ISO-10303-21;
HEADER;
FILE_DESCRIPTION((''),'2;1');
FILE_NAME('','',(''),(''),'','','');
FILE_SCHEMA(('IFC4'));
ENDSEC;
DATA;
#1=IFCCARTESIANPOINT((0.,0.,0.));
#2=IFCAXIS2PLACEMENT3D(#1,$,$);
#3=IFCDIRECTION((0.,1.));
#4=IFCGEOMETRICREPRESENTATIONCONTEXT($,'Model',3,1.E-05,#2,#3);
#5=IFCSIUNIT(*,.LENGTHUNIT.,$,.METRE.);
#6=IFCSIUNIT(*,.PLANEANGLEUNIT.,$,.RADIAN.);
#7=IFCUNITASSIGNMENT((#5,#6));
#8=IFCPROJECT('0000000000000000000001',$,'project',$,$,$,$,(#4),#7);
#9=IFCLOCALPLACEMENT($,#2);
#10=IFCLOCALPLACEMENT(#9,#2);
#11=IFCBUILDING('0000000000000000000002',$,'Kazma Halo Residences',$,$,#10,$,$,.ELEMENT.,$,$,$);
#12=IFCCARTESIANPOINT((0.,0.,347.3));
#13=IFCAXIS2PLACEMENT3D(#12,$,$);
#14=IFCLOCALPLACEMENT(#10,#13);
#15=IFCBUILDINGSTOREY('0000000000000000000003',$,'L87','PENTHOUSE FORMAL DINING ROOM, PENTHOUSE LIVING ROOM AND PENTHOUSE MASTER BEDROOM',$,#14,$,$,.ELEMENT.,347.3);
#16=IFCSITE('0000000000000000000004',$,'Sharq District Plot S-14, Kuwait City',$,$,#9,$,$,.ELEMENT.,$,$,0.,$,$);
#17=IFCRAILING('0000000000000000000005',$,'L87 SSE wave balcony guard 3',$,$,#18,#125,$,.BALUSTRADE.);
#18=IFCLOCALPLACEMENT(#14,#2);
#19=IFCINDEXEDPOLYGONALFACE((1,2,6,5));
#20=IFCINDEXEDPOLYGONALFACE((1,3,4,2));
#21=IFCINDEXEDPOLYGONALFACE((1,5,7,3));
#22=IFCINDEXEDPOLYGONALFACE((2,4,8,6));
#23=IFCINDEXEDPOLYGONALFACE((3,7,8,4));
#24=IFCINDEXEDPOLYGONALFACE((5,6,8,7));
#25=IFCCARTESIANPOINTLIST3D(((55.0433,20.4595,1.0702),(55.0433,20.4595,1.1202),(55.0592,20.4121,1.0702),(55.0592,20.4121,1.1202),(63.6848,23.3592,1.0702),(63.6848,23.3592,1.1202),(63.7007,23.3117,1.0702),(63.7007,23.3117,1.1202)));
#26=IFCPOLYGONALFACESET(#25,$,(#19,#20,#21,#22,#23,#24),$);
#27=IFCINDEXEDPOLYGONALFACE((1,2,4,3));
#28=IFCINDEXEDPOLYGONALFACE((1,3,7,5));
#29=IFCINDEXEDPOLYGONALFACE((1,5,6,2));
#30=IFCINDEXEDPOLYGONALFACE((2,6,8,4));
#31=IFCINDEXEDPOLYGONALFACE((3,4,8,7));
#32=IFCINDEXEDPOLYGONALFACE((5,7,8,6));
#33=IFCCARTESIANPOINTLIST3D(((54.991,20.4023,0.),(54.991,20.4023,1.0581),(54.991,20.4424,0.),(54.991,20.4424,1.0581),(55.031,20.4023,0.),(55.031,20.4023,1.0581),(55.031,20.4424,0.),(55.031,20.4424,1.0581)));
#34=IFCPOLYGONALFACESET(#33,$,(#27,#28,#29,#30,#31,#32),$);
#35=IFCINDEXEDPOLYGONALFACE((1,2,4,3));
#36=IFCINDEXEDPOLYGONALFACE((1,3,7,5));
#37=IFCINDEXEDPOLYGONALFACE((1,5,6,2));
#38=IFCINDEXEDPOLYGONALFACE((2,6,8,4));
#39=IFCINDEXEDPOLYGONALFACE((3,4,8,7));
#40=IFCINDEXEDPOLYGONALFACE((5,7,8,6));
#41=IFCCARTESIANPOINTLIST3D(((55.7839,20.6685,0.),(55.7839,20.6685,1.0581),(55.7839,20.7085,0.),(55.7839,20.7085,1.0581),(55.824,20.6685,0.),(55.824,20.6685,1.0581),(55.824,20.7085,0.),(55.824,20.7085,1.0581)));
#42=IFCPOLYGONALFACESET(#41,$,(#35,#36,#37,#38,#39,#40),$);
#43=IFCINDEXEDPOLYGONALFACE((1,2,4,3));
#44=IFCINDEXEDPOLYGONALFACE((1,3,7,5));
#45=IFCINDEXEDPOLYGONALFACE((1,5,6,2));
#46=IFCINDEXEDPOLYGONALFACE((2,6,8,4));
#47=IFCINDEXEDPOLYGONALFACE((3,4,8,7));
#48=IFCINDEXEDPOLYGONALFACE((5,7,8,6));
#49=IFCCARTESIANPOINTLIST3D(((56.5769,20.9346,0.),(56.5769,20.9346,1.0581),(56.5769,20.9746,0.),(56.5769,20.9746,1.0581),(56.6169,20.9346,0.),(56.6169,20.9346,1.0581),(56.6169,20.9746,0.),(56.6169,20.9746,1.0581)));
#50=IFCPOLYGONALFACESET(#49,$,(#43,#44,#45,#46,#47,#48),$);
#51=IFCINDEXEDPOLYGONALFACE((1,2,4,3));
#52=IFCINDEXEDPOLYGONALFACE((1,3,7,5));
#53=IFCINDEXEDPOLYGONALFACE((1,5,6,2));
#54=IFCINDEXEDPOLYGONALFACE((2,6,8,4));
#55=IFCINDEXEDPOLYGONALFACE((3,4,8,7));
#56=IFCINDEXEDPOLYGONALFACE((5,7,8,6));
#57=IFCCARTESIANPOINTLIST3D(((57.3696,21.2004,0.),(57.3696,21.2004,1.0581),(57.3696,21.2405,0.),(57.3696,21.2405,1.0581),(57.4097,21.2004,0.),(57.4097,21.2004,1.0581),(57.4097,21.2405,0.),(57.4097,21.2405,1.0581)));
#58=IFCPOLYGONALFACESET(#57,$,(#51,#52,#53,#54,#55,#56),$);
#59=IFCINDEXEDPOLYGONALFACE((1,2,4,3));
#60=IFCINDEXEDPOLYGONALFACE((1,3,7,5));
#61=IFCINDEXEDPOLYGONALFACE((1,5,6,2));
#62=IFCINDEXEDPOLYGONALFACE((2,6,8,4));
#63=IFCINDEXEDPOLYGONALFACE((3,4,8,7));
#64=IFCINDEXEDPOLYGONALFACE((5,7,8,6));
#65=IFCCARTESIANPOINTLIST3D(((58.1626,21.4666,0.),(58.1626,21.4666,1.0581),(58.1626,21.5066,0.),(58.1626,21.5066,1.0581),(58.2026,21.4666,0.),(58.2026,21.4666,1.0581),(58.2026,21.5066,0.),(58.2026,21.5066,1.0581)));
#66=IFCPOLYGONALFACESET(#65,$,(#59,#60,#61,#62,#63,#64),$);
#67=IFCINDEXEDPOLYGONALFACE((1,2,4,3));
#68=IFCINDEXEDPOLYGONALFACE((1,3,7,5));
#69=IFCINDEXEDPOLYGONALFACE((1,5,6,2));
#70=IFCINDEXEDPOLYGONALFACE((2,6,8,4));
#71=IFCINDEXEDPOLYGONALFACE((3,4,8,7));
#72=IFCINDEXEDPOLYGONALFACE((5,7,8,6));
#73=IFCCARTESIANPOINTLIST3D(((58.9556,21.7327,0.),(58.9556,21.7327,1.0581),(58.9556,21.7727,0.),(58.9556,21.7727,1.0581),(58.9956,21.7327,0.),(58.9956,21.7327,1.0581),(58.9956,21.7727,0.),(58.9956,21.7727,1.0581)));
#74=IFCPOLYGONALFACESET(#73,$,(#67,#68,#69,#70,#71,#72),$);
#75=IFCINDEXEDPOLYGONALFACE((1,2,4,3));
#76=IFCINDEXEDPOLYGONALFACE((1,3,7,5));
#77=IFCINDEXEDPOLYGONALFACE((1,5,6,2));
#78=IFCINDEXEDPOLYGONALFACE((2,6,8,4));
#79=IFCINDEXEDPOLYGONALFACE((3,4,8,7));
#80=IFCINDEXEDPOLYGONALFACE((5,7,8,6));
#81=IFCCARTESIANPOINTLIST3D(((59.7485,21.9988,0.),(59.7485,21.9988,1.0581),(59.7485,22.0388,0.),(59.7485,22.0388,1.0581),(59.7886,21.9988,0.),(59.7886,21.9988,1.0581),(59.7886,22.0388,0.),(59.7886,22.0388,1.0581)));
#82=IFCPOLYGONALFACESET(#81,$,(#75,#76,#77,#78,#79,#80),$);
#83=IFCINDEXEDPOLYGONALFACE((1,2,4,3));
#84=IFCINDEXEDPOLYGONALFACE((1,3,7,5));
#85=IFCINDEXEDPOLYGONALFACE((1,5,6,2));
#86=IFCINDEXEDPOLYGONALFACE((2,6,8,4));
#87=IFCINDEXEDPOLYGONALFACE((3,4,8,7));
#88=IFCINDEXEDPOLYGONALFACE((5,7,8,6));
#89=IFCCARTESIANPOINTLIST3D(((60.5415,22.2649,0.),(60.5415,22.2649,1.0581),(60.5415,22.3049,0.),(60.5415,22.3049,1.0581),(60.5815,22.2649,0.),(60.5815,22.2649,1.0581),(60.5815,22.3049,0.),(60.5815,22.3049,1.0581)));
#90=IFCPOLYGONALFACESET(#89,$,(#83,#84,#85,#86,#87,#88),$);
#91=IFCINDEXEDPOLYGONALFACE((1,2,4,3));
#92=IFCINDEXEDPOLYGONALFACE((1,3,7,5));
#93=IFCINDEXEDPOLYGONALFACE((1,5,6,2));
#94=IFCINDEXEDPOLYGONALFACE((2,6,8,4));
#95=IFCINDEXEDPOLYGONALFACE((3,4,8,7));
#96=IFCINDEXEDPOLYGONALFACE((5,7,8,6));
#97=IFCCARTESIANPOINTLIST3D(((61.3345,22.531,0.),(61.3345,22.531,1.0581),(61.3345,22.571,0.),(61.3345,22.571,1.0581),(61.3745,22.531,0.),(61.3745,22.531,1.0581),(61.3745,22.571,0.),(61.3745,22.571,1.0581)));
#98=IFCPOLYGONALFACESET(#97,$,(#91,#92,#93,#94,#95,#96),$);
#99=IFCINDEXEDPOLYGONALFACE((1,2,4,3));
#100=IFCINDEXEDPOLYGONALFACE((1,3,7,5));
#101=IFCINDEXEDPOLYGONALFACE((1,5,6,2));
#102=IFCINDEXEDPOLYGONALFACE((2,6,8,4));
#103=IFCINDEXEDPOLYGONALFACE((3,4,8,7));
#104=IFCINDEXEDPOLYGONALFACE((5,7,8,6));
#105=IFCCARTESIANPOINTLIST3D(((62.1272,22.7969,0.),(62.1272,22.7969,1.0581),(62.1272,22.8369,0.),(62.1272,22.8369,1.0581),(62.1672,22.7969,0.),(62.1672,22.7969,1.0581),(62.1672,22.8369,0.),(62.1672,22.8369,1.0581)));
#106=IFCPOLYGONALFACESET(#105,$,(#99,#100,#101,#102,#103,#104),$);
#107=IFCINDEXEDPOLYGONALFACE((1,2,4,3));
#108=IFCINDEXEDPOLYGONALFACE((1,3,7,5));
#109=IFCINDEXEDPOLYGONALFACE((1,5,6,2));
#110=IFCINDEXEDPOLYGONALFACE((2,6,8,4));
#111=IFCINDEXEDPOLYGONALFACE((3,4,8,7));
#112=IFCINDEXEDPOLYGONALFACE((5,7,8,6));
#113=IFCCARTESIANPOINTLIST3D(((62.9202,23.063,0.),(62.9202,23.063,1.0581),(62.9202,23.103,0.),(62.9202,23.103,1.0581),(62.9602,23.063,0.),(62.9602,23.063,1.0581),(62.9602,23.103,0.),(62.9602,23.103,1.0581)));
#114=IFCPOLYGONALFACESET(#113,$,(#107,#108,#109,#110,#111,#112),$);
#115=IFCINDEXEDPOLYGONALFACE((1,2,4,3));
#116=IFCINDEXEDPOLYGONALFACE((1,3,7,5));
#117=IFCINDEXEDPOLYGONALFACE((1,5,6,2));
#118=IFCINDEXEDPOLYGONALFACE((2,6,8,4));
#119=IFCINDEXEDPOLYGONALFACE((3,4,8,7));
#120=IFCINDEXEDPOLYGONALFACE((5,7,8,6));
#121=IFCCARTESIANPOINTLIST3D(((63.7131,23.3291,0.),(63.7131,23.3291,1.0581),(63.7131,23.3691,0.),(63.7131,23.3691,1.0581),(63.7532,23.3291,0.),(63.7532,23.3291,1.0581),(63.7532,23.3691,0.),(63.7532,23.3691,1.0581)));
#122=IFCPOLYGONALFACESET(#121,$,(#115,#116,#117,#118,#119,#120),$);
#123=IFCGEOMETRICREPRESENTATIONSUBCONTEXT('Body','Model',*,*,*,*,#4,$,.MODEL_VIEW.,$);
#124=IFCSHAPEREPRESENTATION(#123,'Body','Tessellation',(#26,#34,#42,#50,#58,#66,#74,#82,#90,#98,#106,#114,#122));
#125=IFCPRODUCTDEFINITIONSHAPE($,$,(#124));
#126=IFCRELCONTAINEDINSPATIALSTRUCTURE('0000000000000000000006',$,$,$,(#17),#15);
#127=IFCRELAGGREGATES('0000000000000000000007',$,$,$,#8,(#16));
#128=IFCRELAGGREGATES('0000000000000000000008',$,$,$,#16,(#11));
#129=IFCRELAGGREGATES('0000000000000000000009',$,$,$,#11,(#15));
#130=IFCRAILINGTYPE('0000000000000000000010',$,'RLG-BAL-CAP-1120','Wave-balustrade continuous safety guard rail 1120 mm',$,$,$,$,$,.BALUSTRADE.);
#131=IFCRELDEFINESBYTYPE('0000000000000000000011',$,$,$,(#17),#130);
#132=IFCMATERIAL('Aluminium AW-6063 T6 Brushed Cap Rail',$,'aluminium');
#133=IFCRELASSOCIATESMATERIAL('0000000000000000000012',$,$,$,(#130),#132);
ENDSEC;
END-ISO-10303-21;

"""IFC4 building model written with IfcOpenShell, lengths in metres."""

from ifc_helpers import new_model, si_unit, direction, frame, origin, origin_2d, place, context, subcontext, project, spatial, rectangle, extrude, material, type_object, element, save


model = new_model("IFC4")

# Units and contexts
model_context = context("Model", 3, precision=1e-05, world=origin(), true_north=direction((0.0, 1.0)))
body_context = subcontext(model_context, "Body", "Model", "MODEL_VIEW")
ifc_project = project(units=[si_unit("LENGTHUNIT", "METRE"), si_unit("PLANEANGLEUNIT", "RADIAN")], contexts=[model_context])

# Site, building, storey
site_placement = place(None, origin())
site = spatial("IfcSite", under=ifc_project, at=site_placement, Name="Sharq District Plot S-14, Kuwait City", CompositionType="ELEMENT", RefElevation=0.0)
building_placement = place(site_placement, origin())
building = spatial("IfcBuilding", under=site, at=building_placement, Name="Kazma Halo Residences", CompositionType="ELEMENT")
storey_placement = place(building_placement, frame((0.0, 0.0, 347.3)))
storey = spatial("IfcBuildingStorey", under=building, at=storey_placement, Name="L87", Description="PENTHOUSE FORMAL DINING ROOM, PENTHOUSE LIVING ROOM AND PENTHOUSE MASTER BEDROOM", CompositionType="ELEMENT", Elevation=347.3)

# Railing
ifc_material_1 = material(Name="Aluminium AW-6063 T6 Brushed Cap Rail", Category="aluminium")
railing_type = type_object("IfcRailingType", Name="RLG-BAL-CAP-1120", Description="Wave-balustrade continuous safety guard rail 1120 mm", PredefinedType="BALUSTRADE", material=ifc_material_1)
railing_placement = place(storey_placement, frame((55.011, 20.4224, 0.0)))
element("IfcRailing", 1, at=railing_placement, inside=storey, type_object=railing_type, Name="L87 SSE wave balcony guard 3", PredefinedType="BALUSTRADE", context=body_context, shape_type="SweptSolid", body=[
    extrude(rectangle(XDim=0.05, YDim=0.05, at=origin_2d()), frame((0.0403, 0.0134, 1.0952), z_axis=(0.94805, 0.318122, 0.0), x_axis=(-0.318122, 0.94805, 0.0)), (0.0, 0.0, 1.0), 9.115),
    extrude(rectangle(XDim=0.04, YDim=0.04, at=origin_2d()), origin(), (0.0, 0.0, 1.0), 1.0581),
    extrude(rectangle(XDim=0.04, YDim=0.04, at=origin_2d()), frame((0.793, 0.2661, 0.0)), (0.0, 0.0, 1.0), 1.0581),
    extrude(rectangle(XDim=0.04, YDim=0.04, at=origin_2d()), frame((1.5859, 0.5322, 0.0)), (0.0, 0.0, 1.0), 1.0581),
    extrude(rectangle(XDim=0.04, YDim=0.04, at=origin_2d()), frame((2.3787, 0.7981, 0.0)), (0.0, 0.0, 1.0), 1.0581),
    extrude(rectangle(XDim=0.04, YDim=0.04, at=origin_2d()), frame((3.1716, 1.0642, 0.0)), (0.0, 0.0, 1.0), 1.0581),
    extrude(rectangle(XDim=0.04, YDim=0.04, at=origin_2d()), frame((3.9646, 1.3303, 0.0)), (0.0, 0.0, 1.0), 1.0581),
    extrude(rectangle(XDim=0.04, YDim=0.04, at=origin_2d()), frame((4.7576, 1.5964, 0.0)), (0.0, 0.0, 1.0), 1.0581),
    extrude(rectangle(XDim=0.04, YDim=0.04, at=origin_2d()), frame((5.5505, 1.8625, 0.0)), (0.0, 0.0, 1.0), 1.0581),
    extrude(rectangle(XDim=0.04, YDim=0.04, at=origin_2d()), frame((6.3435, 2.1287, 0.0)), (0.0, 0.0, 1.0), 1.0581),
    extrude(rectangle(XDim=0.04, YDim=0.04, at=origin_2d()), frame((7.1362, 2.3945, 0.0)), (0.0, 0.0, 1.0), 1.0581),
    extrude(rectangle(XDim=0.04, YDim=0.04, at=origin_2d()), frame((7.9292, 2.6606, 0.0)), (0.0, 0.0, 1.0), 1.0581),
    extrude(rectangle(XDim=0.04, YDim=0.04, at=origin_2d()), frame((8.7222, 2.9268, 0.0)), (0.0, 0.0, 1.0), 1.0581),
])

save(model, "model.ifc")
